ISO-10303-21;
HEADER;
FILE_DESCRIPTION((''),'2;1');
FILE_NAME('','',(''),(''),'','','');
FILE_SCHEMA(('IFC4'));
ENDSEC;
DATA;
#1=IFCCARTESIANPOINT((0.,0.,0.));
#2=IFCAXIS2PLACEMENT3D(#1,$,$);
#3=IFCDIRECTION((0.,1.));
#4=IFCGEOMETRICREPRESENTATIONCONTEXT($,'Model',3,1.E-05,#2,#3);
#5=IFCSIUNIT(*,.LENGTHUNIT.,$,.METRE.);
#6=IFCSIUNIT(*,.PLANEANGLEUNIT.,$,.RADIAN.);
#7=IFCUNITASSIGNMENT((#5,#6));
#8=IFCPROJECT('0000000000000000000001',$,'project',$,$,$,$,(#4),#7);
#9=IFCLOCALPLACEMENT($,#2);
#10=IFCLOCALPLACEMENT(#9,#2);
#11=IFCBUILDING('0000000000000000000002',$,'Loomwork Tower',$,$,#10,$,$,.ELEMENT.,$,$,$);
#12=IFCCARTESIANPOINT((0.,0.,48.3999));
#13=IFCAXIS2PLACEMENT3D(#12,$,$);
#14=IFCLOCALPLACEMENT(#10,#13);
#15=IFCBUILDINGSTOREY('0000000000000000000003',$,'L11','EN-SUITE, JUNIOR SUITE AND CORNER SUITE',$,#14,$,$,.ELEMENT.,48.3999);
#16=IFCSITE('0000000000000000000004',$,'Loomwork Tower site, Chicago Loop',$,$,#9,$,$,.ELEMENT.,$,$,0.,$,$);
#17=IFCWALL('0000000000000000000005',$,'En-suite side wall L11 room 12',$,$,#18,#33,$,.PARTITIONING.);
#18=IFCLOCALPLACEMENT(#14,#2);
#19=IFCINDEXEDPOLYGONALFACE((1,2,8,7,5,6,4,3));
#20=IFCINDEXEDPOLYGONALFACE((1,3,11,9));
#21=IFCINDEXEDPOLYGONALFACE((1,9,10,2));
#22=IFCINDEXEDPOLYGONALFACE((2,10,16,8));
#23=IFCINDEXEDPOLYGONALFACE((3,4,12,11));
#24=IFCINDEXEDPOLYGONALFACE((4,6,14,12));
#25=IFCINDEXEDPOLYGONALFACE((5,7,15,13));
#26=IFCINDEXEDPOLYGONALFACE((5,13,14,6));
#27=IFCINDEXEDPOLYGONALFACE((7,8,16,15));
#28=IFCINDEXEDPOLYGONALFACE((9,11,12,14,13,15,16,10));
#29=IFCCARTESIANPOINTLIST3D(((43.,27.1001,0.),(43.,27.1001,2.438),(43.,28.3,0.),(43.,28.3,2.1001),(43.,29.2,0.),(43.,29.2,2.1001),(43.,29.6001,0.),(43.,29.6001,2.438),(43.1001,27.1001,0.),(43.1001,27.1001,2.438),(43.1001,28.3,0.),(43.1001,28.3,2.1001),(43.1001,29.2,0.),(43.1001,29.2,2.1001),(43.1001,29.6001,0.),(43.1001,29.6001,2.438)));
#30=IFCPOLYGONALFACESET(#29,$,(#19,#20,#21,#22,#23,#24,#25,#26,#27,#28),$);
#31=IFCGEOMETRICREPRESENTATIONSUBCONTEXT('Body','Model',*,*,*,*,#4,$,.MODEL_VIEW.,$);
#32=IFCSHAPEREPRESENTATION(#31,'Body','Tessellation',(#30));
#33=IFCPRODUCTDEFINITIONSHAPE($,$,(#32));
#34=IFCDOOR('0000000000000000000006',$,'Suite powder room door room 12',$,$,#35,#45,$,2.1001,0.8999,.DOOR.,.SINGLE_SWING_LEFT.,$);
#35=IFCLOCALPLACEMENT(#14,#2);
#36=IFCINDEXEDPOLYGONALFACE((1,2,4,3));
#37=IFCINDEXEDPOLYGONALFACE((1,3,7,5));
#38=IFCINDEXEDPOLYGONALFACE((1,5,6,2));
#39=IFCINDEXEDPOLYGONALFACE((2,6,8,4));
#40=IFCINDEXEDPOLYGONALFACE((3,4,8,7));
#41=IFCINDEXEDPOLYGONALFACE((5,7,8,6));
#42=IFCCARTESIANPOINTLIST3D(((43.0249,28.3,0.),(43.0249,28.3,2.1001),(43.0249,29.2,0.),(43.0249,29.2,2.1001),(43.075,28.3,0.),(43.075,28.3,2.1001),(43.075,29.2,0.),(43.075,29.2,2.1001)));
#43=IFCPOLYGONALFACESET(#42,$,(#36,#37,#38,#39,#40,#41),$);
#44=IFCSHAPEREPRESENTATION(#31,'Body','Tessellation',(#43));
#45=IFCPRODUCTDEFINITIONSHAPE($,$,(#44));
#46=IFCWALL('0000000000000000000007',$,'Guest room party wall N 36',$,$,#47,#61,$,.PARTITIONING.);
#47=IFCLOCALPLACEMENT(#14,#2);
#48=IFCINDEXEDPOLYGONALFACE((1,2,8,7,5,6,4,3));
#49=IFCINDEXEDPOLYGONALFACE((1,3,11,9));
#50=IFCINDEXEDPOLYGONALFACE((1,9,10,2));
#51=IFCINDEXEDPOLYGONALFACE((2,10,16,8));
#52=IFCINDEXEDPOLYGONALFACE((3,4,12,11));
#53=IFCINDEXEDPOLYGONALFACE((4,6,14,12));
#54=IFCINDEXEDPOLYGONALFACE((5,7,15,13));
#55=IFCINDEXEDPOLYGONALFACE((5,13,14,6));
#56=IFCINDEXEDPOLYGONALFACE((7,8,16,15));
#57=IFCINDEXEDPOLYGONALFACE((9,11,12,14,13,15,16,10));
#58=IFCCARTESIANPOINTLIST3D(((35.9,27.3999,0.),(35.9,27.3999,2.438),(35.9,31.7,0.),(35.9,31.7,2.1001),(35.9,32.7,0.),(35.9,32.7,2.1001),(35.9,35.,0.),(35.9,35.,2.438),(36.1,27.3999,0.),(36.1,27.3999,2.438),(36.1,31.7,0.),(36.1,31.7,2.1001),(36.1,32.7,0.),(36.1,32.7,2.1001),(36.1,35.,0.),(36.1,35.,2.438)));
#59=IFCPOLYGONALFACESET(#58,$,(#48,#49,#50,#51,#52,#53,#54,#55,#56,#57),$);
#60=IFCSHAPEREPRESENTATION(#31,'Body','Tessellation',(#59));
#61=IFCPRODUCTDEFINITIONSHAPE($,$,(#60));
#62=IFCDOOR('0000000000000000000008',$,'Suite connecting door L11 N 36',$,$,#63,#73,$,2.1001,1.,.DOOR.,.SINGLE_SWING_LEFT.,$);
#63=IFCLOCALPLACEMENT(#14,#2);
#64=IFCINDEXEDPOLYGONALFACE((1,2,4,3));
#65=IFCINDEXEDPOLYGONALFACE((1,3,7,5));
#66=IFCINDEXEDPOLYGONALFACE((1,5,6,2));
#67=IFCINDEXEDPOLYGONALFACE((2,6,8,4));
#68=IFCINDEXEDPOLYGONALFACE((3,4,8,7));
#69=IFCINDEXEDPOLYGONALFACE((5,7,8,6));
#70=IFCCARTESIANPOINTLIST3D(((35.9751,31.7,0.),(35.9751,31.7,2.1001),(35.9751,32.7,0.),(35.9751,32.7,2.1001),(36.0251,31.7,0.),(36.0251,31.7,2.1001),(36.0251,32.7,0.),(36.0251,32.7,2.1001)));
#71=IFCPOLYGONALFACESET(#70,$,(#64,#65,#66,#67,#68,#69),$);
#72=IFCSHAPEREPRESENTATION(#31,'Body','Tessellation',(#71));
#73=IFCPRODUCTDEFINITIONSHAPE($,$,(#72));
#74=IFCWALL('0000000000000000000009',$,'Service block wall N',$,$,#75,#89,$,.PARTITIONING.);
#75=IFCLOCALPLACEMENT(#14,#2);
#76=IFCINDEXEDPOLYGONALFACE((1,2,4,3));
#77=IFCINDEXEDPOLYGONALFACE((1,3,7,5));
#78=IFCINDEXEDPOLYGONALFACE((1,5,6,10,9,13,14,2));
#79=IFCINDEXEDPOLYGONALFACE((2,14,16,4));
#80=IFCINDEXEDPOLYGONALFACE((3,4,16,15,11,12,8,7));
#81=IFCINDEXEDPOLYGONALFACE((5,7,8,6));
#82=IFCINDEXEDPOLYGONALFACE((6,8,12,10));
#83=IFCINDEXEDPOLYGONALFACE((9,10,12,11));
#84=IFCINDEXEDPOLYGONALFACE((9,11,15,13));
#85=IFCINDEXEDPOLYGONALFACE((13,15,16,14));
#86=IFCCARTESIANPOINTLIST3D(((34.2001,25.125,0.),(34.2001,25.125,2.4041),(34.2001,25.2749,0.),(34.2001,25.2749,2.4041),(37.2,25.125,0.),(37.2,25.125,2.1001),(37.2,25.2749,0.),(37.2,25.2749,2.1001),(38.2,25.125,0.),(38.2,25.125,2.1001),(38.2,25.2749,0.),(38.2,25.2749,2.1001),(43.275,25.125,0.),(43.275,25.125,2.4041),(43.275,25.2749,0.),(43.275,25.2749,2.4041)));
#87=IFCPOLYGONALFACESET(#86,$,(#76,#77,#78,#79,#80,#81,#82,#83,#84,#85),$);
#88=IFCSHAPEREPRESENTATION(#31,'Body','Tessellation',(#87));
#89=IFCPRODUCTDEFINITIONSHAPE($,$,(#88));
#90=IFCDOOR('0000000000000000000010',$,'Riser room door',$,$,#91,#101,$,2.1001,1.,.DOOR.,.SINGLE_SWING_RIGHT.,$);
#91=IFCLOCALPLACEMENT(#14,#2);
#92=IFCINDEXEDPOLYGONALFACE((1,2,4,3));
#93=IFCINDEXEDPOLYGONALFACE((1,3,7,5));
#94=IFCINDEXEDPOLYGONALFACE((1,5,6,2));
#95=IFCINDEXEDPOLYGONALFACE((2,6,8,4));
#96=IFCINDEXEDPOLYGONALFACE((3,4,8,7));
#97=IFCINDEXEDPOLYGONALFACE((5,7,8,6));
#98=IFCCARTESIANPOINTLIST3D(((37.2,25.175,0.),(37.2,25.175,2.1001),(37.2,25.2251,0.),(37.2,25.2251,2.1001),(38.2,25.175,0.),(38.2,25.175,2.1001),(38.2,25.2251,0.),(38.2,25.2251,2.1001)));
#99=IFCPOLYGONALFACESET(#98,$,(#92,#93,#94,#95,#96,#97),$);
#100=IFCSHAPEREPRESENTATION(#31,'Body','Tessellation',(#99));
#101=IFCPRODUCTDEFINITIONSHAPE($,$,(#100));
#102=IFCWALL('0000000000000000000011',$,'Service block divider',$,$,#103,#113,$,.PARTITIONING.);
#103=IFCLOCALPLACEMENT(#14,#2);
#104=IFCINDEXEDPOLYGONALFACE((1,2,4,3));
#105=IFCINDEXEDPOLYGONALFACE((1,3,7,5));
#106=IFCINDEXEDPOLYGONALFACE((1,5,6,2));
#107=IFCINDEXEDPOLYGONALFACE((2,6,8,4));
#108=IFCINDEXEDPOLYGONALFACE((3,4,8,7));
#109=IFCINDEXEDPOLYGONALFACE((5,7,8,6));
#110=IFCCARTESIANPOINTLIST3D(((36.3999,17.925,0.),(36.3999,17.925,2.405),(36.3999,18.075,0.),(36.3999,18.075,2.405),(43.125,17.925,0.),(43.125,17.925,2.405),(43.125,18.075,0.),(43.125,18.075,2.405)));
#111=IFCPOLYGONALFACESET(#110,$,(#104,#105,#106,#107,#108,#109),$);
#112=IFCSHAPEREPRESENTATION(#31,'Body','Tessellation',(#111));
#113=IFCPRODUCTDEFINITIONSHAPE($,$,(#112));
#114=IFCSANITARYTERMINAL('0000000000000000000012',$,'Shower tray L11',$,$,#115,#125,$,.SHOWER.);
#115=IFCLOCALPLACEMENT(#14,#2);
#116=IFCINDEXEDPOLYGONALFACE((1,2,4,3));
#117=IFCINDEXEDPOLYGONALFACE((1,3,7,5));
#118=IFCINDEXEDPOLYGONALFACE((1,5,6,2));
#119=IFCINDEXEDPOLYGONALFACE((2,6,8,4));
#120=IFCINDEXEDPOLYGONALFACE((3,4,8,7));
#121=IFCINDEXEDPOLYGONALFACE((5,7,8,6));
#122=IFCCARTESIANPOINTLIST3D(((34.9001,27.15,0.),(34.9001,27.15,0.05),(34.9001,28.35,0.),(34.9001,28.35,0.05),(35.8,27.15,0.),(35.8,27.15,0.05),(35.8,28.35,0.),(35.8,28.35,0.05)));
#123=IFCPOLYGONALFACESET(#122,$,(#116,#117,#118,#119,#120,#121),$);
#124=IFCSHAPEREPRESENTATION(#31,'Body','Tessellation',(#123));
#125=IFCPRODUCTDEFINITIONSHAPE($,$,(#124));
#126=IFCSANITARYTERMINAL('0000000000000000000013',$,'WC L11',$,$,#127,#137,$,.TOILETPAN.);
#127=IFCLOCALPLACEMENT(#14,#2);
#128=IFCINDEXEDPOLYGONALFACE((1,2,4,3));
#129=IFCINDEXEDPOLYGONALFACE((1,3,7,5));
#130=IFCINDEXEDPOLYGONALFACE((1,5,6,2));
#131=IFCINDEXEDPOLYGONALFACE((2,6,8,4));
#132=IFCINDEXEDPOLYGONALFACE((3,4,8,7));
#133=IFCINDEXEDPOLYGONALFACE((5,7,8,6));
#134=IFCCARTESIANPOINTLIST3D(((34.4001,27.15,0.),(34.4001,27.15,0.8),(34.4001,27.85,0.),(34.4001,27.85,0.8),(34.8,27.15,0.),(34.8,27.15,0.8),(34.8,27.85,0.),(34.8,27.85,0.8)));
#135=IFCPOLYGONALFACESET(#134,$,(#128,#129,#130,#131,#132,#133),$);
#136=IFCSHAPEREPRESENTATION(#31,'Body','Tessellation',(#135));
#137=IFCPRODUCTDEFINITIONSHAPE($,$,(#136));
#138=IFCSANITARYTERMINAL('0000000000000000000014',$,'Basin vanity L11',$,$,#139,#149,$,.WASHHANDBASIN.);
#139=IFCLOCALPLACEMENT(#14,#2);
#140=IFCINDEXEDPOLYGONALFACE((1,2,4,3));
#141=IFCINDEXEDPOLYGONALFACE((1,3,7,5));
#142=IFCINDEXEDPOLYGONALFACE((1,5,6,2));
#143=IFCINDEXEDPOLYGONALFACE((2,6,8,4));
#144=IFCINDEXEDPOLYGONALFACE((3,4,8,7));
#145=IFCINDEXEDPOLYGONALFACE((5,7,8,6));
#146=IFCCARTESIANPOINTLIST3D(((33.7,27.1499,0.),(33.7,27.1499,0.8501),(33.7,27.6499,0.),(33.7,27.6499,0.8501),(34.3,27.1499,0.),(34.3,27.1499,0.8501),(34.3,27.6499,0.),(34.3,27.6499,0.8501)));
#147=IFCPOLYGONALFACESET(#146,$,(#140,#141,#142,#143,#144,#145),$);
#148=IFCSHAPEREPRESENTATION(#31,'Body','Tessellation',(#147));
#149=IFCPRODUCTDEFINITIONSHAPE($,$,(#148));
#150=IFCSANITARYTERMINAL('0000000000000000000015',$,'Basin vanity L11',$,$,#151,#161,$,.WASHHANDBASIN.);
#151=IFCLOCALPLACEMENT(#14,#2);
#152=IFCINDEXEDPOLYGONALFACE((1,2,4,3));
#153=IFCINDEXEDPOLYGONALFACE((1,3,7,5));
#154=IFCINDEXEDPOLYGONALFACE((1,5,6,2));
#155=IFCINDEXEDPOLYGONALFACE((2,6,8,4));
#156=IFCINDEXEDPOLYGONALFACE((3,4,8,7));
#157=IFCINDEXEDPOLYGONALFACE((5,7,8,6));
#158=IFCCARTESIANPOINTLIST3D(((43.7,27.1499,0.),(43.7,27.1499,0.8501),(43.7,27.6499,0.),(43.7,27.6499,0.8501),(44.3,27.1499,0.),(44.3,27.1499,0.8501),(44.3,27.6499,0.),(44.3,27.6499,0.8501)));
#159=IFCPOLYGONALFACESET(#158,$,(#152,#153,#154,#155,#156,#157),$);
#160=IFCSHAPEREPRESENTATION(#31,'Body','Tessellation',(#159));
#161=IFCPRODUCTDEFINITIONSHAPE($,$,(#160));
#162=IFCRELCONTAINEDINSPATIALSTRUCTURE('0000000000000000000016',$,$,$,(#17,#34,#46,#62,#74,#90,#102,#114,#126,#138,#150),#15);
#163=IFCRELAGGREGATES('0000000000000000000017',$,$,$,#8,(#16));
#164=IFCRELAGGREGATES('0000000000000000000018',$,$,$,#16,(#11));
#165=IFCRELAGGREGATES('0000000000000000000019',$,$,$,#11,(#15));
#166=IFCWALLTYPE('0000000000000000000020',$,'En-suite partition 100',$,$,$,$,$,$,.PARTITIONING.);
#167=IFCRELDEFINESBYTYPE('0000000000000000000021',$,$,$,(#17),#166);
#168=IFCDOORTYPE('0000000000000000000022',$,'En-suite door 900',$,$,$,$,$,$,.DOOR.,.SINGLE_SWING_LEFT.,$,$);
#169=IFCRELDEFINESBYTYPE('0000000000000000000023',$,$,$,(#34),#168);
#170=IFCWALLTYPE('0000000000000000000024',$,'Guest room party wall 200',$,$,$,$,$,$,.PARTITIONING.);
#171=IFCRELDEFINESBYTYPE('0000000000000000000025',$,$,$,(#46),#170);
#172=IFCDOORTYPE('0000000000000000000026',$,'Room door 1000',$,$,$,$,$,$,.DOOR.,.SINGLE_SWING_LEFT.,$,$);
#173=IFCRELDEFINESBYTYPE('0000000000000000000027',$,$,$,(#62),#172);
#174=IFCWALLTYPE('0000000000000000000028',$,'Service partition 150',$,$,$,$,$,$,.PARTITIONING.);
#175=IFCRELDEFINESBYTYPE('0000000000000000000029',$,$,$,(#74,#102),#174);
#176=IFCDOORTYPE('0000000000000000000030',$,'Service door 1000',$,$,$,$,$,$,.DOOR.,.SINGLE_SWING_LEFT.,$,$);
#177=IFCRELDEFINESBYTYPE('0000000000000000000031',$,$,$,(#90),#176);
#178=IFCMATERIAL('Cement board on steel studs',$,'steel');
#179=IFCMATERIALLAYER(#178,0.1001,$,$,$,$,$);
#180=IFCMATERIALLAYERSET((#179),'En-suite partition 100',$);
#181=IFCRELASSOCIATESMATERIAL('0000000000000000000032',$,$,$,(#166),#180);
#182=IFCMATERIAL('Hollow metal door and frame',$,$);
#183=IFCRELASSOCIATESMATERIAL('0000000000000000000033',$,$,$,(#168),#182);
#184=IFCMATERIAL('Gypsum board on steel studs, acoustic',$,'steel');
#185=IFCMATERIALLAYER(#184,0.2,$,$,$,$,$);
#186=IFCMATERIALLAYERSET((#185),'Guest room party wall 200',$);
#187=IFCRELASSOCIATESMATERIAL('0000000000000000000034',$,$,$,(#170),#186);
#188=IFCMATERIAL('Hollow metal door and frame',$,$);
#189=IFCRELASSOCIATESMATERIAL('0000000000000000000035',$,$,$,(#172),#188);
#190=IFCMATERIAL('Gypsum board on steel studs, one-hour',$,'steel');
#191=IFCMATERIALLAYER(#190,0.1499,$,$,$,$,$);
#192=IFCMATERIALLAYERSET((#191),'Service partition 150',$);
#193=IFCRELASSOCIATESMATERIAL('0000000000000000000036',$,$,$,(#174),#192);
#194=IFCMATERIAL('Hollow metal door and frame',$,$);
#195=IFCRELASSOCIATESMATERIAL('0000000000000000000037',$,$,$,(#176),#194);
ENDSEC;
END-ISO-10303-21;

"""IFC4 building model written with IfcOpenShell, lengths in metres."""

from ifc_helpers import new_model, si_unit, direction, frame, frame_2d, origin, origin_2d, place, context, subcontext, project, spatial, rectangle, extrude, material, layer, layer_set, type_object, element, fill, save


model = new_model("IFC4")

# Units and contexts
model_context = context("Model", 3, precision=1e-05, world=origin(), true_north=direction((0.0, 1.0)))
body_context = subcontext(model_context, "Body", "Model", "MODEL_VIEW")
ifc_project = project(units=[si_unit("LENGTHUNIT", "METRE"), si_unit("PLANEANGLEUNIT", "RADIAN")], contexts=[model_context])

# Site, building, storey
site_placement = place(None, origin())
site = spatial("IfcSite", under=ifc_project, at=site_placement, Name="Loomwork Tower site, Chicago Loop", CompositionType="ELEMENT", RefElevation=0.0)
building_placement = place(site_placement, origin())
building = spatial("IfcBuilding", under=site, at=building_placement, Name="Loomwork Tower", CompositionType="ELEMENT")
storey_placement = place(building_placement, frame((0.0, 0.0, 48.3999)))
storey = spatial("IfcBuildingStorey", under=building, at=storey_placement, Name="L11", Description="EN-SUITE, JUNIOR SUITE AND CORNER SUITE", CompositionType="ELEMENT", Elevation=48.3999)

# Shared definitions
ifc_material_1 = material(Name="Cement board on steel studs", Category="steel")
ifc_layer_1 = layer(ifc_material_1, 0.1001)
ifc_layer_set_1 = layer_set([ifc_layer_1], Name="En-suite partition 100")
wall_type_1 = type_object("IfcWallType", Name="En-suite partition 100", PredefinedType="PARTITIONING", material=ifc_layer_set_1)

# Walls, openings, doors
wall_1_placement = place(storey_placement, frame((43.05, 27.1001, 0.0), z_axis=(0.0, 0.0, 1.0), x_axis=(0.0, 1.0, 0.0)))
wall_1 = element("IfcWall", 1, at=wall_1_placement, inside=storey, type_object=wall_type_1, Name="En-suite side wall L11 room 12", PredefinedType="PARTITIONING", context=body_context, shape_type="SweptSolid", body=[
    extrude(rectangle(XDim=2.5, YDim=0.1001, at=frame_2d((1.25, 0.0))), origin(), (0.0, 0.0, 1.0), 2.438),
])
opening_1_placement = place(wall_1_placement, frame((1.2, 0.0, 0.0)))
opening_1 = element("IfcOpeningElement", 2, at=opening_1_placement, cuts=wall_1, PredefinedType="OPENING", context=body_context, shape_type="SweptSolid", body=[
    extrude(rectangle(XDim=0.8999, YDim=2.1001, at=frame_2d((0.45, 1.05))), frame((0.0, 0.0601, 0.0), z_axis=(0.0, -1.0, 0.0), x_axis=(1.0, 0.0, 0.0)), (0.0, 0.0, 1.0), 0.1201),
])
ifc_material_2 = material(Name="Hollow metal door and frame")
door_type_1 = type_object("IfcDoorType", Name="En-suite door 900", OperationType="SINGLE_SWING_LEFT", PredefinedType="DOOR", material=ifc_material_2)
door_1_placement = place(opening_1_placement, frame((0.8999, 0.0, 0.0), z_axis=(0.0, 0.0, 1.0), x_axis=(-1.0, 0.0, 0.0)))
door_1 = element("IfcDoor", 3, at=door_1_placement, inside=storey, type_object=door_type_1, Name="Suite powder room door room 12", OperationType="SINGLE_SWING_LEFT", OverallHeight=2.1001, OverallWidth=0.8999, PredefinedType="DOOR", context=body_context, shape_type="SweptSolid", body=[
    extrude(rectangle(XDim=0.8999, YDim=2.1001, at=frame_2d((0.45, 1.05))), frame((0.0, 0.0249, 0.0), z_axis=(0.0, -1.0, 0.0), x_axis=(1.0, 0.0, 0.0)), (0.0, 0.0, 1.0), 0.05),
])
fill(opening_1, door_1)
ifc_material_3 = material(Name="Gypsum board on steel studs, acoustic", Category="steel")
ifc_layer_2 = layer(ifc_material_3, 0.2)
ifc_layer_set_2 = layer_set([ifc_layer_2], Name="Guest room party wall 200")
wall_type_2 = type_object("IfcWallType", Name="Guest room party wall 200", PredefinedType="PARTITIONING", material=ifc_layer_set_2)
wall_2_placement = place(storey_placement, frame((36.0, 27.3999, 0.0), z_axis=(0.0, 0.0, 1.0), x_axis=(0.0, 1.0, 0.0)))
wall_2 = element("IfcWall", 4, at=wall_2_placement, inside=storey, type_object=wall_type_2, Name="Guest room party wall N 36", PredefinedType="PARTITIONING", context=body_context, shape_type="SweptSolid", body=[
    extrude(rectangle(XDim=7.6001, YDim=0.2, at=frame_2d((3.8, 0.0))), origin(), (0.0, 0.0, 1.0), 2.438),
])
opening_2_placement = place(wall_2_placement, frame((4.3, 0.0, 0.0)))
opening_2 = element("IfcOpeningElement", 5, at=opening_2_placement, cuts=wall_2, PredefinedType="OPENING", context=body_context, shape_type="SweptSolid", body=[
    extrude(rectangle(XDim=1.0, YDim=2.1001, at=frame_2d((0.5, 1.05))), frame((0.0, 0.1099, 0.0), z_axis=(0.0, -1.0, 0.0), x_axis=(1.0, 0.0, 0.0)), (0.0, 0.0, 1.0), 0.22),
])
ifc_material_4 = material(Name="Hollow metal door and frame")
door_type_2 = type_object("IfcDoorType", Name="Room door 1000", OperationType="SINGLE_SWING_LEFT", PredefinedType="DOOR", material=ifc_material_4)
door_2_placement = place(opening_2_placement, origin())
door_2 = element("IfcDoor", 6, at=door_2_placement, inside=storey, type_object=door_type_2, Name="Suite connecting door L11 N 36", OperationType="SINGLE_SWING_LEFT", OverallHeight=2.1001, OverallWidth=1.0, PredefinedType="DOOR", context=body_context, shape_type="SweptSolid", body=[
    extrude(rectangle(XDim=1.0, YDim=2.1001, at=frame_2d((0.5, 1.05))), frame((0.0, 0.0249, 0.0), z_axis=(0.0, -1.0, 0.0), x_axis=(1.0, 0.0, 0.0)), (0.0, 0.0, 1.0), 0.05),
])
fill(opening_2, door_2)
ifc_material_5 = material(Name="Gypsum board on steel studs, one-hour", Category="steel")
ifc_layer_3 = layer(ifc_material_5, 0.1499)
ifc_layer_set_3 = layer_set([ifc_layer_3], Name="Service partition 150")
wall_type_3 = type_object("IfcWallType", Name="Service partition 150", PredefinedType="PARTITIONING", material=ifc_layer_set_3)
wall_3_placement = place(storey_placement, frame((34.2, 25.2, 0.0), z_axis=(0.0, 0.0, 1.0), x_axis=(1.0, 0.0, 0.0)))
wall_3 = element("IfcWall", 7, at=wall_3_placement, inside=storey, type_object=wall_type_3, Name="Service block wall N", PredefinedType="PARTITIONING", context=body_context, shape_type="SweptSolid", body=[
    extrude(rectangle(XDim=9.075, YDim=0.1499, at=frame_2d((4.5376, 0.0))), origin(), (0.0, 0.0, 1.0), 2.4041),
])
opening_3_placement = place(wall_3_placement, frame((3.0, 0.0, 0.0)))
opening_3 = element("IfcOpeningElement", 8, at=opening_3_placement, cuts=wall_3, PredefinedType="OPENING", context=body_context, shape_type="SweptSolid", body=[
    extrude(rectangle(XDim=1.0, YDim=2.1001, at=frame_2d((0.5, 1.05))), frame((0.0, 0.085, 0.0), z_axis=(0.0, -1.0, 0.0), x_axis=(1.0, 0.0, 0.0)), (0.0, 0.0, 1.0), 0.1699),
])
ifc_material_6 = material(Name="Hollow metal door and frame")
door_type_3 = type_object("IfcDoorType", Name="Service door 1000", OperationType="SINGLE_SWING_LEFT", PredefinedType="DOOR", material=ifc_material_6)
door_3_placement = place(opening_3_placement, frame((1.0, 0.0, 0.0), z_axis=(0.0, 0.0, 1.0), x_axis=(-1.0, 0.0, 0.0)))
door_3 = element("IfcDoor", 9, at=door_3_placement, inside=storey, type_object=door_type_3, Name="Riser room door", OperationType="SINGLE_SWING_RIGHT", OverallHeight=2.1001, OverallWidth=1.0, PredefinedType="DOOR", context=body_context, shape_type="SweptSolid", body=[
    extrude(rectangle(XDim=1.0, YDim=2.1001, at=frame_2d((0.5, 1.05))), frame((0.0, 0.0249, 0.0), z_axis=(0.0, -1.0, 0.0), x_axis=(1.0, 0.0, 0.0)), (0.0, 0.0, 1.0), 0.05),
])
fill(opening_3, door_3)

# Wall
wall_4_placement = place(storey_placement, frame((36.3999, 18.0, 0.0), z_axis=(0.0, 0.0, 1.0), x_axis=(1.0, 0.0, 0.0)))
element("IfcWall", 10, at=wall_4_placement, inside=storey, type_object=wall_type_3, Name="Service block divider", PredefinedType="PARTITIONING", context=body_context, shape_type="SweptSolid", body=[
    extrude(rectangle(XDim=6.7251, YDim=0.1499, at=frame_2d((3.3625, 0.0))), origin(), (0.0, 0.0, 1.0), 2.405),
])

# Sanitary terminals
sanitary_terminal_1_placement = place(storey_placement, frame((35.3501, 27.75, 0.0), z_axis=(0.0, 0.0, 1.0), x_axis=(1.0, 0.0, 0.0)))
element("IfcSanitaryTerminal", 11, at=sanitary_terminal_1_placement, inside=storey, Name="Shower tray L11", PredefinedType="SHOWER", context=body_context, shape_type="SweptSolid", body=[
    extrude(rectangle(XDim=0.8999, YDim=1.2, at=origin_2d()), origin(), (0.0, 0.0, 1.0), 0.05),
])
sanitary_terminal_2_placement = place(storey_placement, frame((34.6001, 27.5, 0.0), z_axis=(0.0, 0.0, 1.0), x_axis=(1.0, 0.0, 0.0)))
element("IfcSanitaryTerminal", 12, at=sanitary_terminal_2_placement, inside=storey, Name="WC L11", PredefinedType="TOILETPAN", context=body_context, shape_type="SweptSolid", body=[
    extrude(rectangle(XDim=0.3999, YDim=0.7, at=origin_2d()), origin(), (0.0, 0.0, 1.0), 0.8),
])
for number, where, z_axis, x_axis, name in (
    (13, (34.0, 27.3999, 0.0), (0.0, 0.0, 1.0), (1.0, 0.0, 0.0), "Basin vanity L11"),
    (14, (44.0, 27.3999, 0.0), (0.0, 0.0, 1.0), (1.0, 0.0, 0.0), "Basin vanity L11"),
):
    element("IfcSanitaryTerminal", number, at=place(storey_placement, frame(where, z_axis=z_axis, x_axis=x_axis)), inside=storey, Name=name, PredefinedType="WASHHANDBASIN", context=body_context, shape_type="SweptSolid", body=[
        extrude(rectangle(XDim=0.6001, YDim=0.5, at=origin_2d()), origin(), (0.0, 0.0, 1.0), 0.8501),
    ])

save(model, "model.ifc")
